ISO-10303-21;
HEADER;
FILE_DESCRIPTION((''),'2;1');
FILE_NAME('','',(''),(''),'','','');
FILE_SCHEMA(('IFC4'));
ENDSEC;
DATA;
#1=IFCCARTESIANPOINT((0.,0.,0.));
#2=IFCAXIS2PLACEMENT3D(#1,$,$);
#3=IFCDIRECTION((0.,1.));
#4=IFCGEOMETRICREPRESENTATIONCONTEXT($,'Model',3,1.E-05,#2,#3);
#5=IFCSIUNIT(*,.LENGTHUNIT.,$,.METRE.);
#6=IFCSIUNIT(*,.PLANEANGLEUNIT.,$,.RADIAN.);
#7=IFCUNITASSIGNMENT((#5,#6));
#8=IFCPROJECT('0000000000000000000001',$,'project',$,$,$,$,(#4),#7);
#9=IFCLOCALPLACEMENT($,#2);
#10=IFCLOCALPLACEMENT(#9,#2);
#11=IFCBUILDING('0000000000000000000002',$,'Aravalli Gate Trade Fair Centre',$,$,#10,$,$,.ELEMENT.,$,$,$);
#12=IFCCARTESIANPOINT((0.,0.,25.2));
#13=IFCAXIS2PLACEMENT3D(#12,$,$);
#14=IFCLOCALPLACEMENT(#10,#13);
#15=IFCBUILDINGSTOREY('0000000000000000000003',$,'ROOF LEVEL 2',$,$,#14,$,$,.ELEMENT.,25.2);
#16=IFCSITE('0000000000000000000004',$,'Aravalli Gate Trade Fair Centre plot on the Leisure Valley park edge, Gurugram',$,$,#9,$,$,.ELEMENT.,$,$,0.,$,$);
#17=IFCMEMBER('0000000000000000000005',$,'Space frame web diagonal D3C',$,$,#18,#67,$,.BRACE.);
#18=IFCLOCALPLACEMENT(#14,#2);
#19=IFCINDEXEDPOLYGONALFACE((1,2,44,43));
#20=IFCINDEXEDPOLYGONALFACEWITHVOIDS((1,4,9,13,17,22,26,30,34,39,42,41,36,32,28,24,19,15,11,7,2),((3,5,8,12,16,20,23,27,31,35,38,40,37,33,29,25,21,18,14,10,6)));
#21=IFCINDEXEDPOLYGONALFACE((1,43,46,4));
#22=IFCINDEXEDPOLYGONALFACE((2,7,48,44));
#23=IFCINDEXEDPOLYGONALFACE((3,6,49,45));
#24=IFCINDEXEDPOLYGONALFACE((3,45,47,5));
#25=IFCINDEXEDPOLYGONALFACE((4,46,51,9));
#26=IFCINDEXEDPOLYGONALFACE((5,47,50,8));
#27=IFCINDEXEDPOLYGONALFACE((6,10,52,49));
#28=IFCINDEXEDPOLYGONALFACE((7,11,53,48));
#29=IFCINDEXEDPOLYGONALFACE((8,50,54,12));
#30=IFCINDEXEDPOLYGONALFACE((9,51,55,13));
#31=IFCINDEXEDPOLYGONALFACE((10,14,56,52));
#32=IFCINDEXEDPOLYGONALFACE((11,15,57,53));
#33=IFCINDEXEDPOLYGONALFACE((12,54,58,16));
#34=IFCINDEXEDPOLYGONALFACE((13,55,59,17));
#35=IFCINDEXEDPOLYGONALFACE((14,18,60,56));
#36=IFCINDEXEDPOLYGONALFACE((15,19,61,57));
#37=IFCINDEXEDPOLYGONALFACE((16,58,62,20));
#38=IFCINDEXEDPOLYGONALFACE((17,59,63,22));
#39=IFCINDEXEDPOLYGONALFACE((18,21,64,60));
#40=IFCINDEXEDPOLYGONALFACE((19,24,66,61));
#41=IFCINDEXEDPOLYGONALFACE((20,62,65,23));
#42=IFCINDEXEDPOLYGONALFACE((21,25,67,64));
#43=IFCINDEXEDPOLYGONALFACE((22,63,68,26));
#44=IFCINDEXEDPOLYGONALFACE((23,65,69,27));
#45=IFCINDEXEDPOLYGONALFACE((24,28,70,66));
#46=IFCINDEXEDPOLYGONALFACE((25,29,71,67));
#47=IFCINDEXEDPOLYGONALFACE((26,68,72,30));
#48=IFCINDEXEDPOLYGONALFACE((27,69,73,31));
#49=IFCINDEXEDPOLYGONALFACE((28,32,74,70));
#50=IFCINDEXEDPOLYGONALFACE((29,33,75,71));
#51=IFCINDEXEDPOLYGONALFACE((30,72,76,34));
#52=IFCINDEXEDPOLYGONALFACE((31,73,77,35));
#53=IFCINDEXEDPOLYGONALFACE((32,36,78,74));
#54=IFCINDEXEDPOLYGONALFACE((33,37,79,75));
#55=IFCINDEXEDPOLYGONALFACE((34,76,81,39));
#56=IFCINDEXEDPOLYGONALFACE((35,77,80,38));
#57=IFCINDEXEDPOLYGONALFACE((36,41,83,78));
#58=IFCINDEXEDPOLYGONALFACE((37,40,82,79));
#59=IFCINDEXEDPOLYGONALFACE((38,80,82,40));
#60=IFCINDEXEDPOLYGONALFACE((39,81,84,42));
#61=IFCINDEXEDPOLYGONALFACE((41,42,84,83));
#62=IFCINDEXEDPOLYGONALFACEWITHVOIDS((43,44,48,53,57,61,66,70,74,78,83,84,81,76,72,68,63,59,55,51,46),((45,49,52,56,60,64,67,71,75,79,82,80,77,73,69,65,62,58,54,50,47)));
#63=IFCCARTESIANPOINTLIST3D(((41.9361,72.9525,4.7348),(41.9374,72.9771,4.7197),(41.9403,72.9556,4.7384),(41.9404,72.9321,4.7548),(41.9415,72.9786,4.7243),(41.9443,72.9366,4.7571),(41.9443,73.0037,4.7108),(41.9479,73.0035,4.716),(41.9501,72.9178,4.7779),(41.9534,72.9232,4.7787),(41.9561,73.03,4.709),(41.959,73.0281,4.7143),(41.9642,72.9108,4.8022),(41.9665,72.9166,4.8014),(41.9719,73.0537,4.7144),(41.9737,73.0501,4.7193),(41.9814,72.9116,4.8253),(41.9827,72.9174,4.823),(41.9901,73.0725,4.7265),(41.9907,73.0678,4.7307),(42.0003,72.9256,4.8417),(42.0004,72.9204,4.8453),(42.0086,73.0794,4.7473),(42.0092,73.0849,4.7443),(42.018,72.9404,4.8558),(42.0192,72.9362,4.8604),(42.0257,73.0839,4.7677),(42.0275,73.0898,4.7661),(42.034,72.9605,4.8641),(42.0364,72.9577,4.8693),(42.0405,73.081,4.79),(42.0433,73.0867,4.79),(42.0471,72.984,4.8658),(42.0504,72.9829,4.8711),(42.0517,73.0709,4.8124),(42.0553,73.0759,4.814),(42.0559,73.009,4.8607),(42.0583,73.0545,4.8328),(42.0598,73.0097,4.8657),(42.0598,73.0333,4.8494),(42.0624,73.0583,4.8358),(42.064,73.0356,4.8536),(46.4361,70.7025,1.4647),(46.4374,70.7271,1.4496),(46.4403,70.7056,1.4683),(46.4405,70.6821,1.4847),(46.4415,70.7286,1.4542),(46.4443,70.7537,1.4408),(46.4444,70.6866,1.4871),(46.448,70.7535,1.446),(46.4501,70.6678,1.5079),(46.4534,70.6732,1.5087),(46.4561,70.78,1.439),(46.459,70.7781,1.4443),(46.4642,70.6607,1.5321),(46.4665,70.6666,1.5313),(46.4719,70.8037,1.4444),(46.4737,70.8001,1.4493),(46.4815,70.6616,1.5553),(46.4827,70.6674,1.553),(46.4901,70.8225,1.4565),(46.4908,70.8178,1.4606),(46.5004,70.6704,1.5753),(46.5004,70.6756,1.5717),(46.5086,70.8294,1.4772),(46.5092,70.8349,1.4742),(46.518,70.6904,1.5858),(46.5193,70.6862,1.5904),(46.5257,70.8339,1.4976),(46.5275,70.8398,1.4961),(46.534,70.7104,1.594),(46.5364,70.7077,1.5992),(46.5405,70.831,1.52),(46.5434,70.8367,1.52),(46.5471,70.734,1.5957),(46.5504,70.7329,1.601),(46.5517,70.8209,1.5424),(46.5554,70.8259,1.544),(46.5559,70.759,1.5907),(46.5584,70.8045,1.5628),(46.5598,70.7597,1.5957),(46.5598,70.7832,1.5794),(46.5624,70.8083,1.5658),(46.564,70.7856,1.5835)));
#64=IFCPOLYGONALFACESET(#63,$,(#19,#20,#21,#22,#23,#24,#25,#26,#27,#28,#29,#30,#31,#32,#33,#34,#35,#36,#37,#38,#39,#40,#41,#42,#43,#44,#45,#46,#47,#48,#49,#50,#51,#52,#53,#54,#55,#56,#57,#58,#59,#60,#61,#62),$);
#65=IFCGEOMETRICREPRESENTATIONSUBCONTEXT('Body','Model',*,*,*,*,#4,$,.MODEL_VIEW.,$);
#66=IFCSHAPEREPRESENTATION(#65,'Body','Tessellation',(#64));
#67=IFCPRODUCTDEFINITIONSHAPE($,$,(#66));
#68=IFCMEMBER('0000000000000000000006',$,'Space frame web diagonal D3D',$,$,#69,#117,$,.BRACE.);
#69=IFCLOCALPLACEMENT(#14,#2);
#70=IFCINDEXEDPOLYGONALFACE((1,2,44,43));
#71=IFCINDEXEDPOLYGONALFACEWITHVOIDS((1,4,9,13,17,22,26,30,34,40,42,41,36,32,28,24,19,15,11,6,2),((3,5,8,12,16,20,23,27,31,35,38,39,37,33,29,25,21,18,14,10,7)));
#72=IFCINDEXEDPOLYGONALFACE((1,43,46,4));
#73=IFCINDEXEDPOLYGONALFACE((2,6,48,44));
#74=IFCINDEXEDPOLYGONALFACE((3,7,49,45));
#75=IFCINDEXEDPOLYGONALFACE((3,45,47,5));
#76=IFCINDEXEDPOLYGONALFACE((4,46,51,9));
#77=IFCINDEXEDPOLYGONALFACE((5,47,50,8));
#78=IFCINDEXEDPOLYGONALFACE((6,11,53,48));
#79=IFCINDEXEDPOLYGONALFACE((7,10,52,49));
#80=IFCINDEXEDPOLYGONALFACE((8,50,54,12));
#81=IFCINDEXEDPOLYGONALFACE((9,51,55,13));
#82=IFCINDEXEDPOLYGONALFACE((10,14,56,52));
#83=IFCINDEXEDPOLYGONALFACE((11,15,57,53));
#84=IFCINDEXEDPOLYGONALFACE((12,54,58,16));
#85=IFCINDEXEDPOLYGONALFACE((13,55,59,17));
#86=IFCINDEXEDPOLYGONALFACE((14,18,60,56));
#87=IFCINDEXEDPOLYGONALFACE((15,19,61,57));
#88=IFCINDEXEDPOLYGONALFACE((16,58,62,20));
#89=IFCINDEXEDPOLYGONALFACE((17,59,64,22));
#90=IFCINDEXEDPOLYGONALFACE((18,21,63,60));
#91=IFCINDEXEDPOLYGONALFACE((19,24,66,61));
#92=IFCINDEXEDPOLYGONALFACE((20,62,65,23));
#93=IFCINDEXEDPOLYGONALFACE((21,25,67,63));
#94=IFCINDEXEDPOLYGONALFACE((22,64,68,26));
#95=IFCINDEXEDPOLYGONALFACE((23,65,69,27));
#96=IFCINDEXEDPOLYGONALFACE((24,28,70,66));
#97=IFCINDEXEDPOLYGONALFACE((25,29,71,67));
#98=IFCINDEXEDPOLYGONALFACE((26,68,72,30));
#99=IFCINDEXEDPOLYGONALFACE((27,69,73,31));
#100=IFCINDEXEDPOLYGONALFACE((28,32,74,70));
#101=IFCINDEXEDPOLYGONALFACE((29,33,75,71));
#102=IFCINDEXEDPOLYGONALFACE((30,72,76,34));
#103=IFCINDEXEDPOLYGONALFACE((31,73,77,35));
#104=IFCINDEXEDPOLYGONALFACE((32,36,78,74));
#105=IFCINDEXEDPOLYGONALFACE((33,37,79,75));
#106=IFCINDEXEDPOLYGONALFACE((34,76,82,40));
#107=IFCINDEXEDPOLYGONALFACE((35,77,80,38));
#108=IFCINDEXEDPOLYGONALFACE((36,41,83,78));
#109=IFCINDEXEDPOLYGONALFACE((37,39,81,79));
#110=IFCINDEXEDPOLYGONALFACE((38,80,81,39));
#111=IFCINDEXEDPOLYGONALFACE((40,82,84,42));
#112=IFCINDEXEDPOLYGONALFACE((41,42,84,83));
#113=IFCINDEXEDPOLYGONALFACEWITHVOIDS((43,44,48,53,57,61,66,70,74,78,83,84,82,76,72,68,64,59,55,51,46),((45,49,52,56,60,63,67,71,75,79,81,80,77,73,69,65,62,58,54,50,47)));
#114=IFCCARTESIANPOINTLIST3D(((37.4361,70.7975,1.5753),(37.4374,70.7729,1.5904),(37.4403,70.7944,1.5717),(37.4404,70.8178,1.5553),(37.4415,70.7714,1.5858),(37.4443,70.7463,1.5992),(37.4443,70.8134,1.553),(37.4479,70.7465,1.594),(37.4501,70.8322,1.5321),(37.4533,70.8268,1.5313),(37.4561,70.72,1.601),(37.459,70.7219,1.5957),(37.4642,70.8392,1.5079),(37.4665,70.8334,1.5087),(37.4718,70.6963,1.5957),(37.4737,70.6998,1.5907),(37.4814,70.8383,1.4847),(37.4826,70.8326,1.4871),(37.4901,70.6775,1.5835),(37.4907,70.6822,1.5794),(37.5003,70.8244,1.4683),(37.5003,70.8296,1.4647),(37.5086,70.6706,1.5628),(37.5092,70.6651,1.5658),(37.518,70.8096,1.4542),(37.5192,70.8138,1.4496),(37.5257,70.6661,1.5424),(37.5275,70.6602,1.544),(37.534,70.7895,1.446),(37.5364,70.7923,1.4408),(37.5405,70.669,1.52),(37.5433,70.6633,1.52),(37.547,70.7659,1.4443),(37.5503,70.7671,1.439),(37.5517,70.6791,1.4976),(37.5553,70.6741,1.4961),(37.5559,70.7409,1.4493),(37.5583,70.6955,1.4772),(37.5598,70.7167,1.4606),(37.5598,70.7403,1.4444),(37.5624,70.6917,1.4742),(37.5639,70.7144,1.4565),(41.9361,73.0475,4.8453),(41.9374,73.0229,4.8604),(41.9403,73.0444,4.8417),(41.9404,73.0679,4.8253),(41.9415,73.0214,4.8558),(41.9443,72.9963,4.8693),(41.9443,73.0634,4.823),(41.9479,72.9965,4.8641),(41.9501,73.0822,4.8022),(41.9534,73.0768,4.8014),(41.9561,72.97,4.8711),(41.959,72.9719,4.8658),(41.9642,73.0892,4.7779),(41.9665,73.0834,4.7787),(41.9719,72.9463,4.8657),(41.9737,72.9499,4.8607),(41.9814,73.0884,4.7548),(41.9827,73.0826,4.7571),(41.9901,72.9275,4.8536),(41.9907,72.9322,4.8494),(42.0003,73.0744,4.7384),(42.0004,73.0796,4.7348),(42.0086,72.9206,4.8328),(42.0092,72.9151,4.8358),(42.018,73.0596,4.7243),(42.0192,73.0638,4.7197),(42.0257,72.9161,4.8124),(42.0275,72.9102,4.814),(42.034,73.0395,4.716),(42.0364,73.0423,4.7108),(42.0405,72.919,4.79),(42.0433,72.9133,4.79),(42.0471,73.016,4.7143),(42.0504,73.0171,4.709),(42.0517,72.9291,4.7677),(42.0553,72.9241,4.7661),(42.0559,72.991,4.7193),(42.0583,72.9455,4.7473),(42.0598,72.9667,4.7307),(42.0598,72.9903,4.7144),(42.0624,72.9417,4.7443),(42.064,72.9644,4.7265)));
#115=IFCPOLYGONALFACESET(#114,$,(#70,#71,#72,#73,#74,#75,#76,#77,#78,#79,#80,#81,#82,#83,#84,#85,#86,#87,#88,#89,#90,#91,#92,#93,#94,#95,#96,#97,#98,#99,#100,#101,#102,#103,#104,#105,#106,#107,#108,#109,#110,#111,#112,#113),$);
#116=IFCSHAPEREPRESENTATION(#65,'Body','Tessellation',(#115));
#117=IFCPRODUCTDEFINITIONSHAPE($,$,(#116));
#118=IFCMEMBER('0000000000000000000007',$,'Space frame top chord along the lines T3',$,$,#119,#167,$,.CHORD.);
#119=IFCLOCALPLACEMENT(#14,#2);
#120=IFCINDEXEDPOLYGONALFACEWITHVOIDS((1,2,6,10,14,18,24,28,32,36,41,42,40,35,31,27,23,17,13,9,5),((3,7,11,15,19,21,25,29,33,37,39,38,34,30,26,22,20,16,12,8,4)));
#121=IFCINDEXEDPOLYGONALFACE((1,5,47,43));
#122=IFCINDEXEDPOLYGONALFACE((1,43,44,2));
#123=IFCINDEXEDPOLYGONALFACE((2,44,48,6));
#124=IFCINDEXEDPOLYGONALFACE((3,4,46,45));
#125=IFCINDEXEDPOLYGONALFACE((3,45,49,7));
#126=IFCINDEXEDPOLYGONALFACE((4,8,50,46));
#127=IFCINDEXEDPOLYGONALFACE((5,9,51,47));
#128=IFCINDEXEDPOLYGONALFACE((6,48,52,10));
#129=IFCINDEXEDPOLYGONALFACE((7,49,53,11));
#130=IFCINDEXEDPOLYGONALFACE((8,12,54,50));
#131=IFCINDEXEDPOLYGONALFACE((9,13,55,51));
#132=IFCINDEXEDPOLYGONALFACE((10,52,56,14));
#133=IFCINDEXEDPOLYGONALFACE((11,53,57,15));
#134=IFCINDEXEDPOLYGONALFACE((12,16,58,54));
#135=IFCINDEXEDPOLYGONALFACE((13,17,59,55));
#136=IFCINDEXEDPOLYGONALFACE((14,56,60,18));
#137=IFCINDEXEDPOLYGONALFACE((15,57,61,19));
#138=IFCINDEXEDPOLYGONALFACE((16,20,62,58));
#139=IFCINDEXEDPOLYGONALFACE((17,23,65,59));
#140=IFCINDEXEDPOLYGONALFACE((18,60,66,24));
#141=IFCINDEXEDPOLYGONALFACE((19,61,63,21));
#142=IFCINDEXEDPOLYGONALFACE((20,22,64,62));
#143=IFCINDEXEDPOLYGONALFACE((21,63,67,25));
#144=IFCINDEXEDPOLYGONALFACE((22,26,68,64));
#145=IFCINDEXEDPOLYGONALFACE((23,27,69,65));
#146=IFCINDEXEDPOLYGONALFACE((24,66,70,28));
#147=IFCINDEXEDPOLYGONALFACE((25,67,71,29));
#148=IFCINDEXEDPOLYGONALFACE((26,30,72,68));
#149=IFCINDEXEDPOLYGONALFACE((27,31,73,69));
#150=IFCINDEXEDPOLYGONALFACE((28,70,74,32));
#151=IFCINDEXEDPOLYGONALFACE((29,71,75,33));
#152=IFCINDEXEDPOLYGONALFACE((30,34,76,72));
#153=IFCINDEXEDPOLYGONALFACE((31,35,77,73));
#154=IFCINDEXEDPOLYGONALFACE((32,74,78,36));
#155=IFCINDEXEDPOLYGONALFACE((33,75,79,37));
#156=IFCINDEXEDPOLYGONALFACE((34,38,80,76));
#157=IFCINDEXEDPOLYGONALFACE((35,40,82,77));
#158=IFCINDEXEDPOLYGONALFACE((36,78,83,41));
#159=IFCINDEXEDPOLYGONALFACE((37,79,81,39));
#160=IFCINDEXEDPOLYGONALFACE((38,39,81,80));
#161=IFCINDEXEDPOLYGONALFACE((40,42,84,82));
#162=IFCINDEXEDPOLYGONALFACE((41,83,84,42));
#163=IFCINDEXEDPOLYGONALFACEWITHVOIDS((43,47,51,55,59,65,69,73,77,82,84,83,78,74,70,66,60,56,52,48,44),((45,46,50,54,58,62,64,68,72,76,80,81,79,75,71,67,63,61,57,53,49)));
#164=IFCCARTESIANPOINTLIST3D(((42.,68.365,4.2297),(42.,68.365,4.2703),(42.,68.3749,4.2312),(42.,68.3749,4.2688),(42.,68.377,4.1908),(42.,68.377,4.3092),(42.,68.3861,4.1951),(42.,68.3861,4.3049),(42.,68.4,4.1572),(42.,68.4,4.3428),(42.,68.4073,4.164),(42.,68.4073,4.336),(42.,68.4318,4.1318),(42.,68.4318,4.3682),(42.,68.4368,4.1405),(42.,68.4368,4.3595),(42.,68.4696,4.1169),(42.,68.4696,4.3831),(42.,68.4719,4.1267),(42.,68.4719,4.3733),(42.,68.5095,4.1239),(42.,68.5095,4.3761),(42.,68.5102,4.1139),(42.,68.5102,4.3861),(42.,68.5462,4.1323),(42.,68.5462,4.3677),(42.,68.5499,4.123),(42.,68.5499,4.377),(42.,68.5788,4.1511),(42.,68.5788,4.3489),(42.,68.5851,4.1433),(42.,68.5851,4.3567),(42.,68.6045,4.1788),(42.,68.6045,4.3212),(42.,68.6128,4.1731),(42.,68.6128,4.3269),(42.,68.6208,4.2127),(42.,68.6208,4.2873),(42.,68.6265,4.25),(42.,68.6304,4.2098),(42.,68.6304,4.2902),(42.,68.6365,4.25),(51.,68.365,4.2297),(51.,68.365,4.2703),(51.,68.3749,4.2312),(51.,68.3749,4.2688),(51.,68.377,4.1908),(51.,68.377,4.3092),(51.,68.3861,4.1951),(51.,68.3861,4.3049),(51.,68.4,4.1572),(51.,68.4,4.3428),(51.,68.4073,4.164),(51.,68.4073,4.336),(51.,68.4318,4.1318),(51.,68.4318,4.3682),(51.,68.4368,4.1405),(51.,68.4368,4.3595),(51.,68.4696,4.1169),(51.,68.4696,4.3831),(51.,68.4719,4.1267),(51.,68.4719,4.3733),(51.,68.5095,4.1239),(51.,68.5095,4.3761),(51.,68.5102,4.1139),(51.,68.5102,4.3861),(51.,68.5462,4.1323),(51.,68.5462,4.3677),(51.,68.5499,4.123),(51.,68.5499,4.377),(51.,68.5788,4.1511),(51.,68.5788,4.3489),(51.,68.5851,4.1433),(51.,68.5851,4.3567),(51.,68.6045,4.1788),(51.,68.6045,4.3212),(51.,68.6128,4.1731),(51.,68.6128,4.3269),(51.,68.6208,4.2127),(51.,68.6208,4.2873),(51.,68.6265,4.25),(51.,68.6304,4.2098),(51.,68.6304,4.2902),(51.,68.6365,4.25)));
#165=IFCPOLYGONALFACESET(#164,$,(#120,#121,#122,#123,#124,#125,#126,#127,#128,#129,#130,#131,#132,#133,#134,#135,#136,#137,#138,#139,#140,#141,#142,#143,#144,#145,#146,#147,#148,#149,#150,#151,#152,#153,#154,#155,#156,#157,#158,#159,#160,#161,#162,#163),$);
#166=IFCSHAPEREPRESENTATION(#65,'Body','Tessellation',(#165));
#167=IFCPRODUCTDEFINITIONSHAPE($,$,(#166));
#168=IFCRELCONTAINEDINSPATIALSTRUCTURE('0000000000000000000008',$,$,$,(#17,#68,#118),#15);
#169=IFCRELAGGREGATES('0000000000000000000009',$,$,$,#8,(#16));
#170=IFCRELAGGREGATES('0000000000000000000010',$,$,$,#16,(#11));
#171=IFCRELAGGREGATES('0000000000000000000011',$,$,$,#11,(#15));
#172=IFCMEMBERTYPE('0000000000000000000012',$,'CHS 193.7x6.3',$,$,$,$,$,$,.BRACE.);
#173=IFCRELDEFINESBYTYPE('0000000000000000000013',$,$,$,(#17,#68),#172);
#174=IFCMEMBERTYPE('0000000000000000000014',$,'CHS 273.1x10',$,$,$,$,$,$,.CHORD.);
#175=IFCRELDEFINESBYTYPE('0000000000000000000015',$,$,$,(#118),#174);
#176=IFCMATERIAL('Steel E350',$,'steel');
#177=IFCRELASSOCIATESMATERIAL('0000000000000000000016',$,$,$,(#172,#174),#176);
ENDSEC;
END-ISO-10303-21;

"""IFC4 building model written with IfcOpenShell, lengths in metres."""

from ifc_helpers import new_model, si_unit, direction, frame, origin, origin_2d, place, context, subcontext, project, spatial, hollow_circle, extrude, material, material_profile, profile_set, type_object, element, save


model = new_model("IFC4")

# Units and contexts
model_context = context("Model", 3, precision=1e-05, world=origin(), true_north=direction((0.0, 1.0)))
body_context = subcontext(model_context, "Body", "Model", "MODEL_VIEW")
ifc_project = project(units=[si_unit("LENGTHUNIT", "METRE"), si_unit("PLANEANGLEUNIT", "RADIAN")], contexts=[model_context])

# Site, building, storey
site_placement = place(None, origin())
site = spatial("IfcSite", under=ifc_project, at=site_placement, Name="Aravalli Gate Trade Fair Centre plot on the Leisure Valley park edge, Gurugram", CompositionType="ELEMENT", RefElevation=0.0)
building_placement = place(site_placement, origin())
building = spatial("IfcBuilding", under=site, at=building_placement, Name="Aravalli Gate Trade Fair Centre", CompositionType="ELEMENT")
storey_placement = place(building_placement, frame((0.0, 0.0, 25.2)))
storey = spatial("IfcBuildingStorey", under=building, at=storey_placement, Name="ROOF LEVEL 2", CompositionType="ELEMENT", Elevation=25.2)

# Members
ifc_material_1 = material(Name="Steel E350", Category="steel")
ifc_material_profile_1 = material_profile(ifc_material_1, hollow_circle(Radius=0.0969, WallThickness=0.0063, at=origin_2d()), Name="CHS 193.7x6.3")
ifc_profile_set_1 = profile_set([ifc_material_profile_1], Name="Steel E350")
member_type_1 = type_object("IfcMemberType", Name="CHS 193.7x6.3", PredefinedType="BRACE", material=ifc_profile_set_1)
for number, where, z_axis, x_axis, name in (
    (1, (42.0, 73.0, 4.79), (0.749942, -0.374971, -0.544961), (0.447214, 0.894427, 0.0), "Space frame web diagonal D3C"),
    (2, (42.0, 73.0, 4.79), (-0.749942, -0.374971, -0.544961), (0.447214, -0.894427, 0.0), "Space frame web diagonal D3D"),
):
    element("IfcMember", number, at=place(storey_placement, frame(where, z_axis=z_axis, x_axis=x_axis)), inside=storey, type_object=member_type_1, Name=name, PredefinedType="BRACE", context=body_context, shape_type="SweptSolid", body=[
        extrude(hollow_circle(Radius=0.0969, WallThickness=0.0063, at=origin_2d()), origin(), (0.0, 0.0, 1.0), 6.0005),
    ])
ifc_material_profile_2 = material_profile(ifc_material_1, hollow_circle(Radius=0.1365, WallThickness=0.01, at=origin_2d()), Name="CHS 273.1x10")
ifc_profile_set_2 = profile_set([ifc_material_profile_2], Name="Steel E350")
member_type_2 = type_object("IfcMemberType", Name="CHS 273.1x10", PredefinedType="CHORD", material=ifc_profile_set_2)
for number, where, z_axis, x_axis, name in (
    (3, (42.0, 68.5, 4.25), (1.0, 0.0, 0.0), (0.0, 1.0, 0.0), "Space frame top chord along the lines T3"),
):
    element("IfcMember", number, at=place(storey_placement, frame(where, z_axis=z_axis, x_axis=x_axis)), inside=storey, type_object=member_type_2, Name=name, PredefinedType="CHORD", context=body_context, shape_type="SweptSolid", body=[
        extrude(hollow_circle(Radius=0.1365, WallThickness=0.01, at=origin_2d()), origin(), (0.0, 0.0, 1.0), 9.0),
    ])

save(model, "model.ifc")
